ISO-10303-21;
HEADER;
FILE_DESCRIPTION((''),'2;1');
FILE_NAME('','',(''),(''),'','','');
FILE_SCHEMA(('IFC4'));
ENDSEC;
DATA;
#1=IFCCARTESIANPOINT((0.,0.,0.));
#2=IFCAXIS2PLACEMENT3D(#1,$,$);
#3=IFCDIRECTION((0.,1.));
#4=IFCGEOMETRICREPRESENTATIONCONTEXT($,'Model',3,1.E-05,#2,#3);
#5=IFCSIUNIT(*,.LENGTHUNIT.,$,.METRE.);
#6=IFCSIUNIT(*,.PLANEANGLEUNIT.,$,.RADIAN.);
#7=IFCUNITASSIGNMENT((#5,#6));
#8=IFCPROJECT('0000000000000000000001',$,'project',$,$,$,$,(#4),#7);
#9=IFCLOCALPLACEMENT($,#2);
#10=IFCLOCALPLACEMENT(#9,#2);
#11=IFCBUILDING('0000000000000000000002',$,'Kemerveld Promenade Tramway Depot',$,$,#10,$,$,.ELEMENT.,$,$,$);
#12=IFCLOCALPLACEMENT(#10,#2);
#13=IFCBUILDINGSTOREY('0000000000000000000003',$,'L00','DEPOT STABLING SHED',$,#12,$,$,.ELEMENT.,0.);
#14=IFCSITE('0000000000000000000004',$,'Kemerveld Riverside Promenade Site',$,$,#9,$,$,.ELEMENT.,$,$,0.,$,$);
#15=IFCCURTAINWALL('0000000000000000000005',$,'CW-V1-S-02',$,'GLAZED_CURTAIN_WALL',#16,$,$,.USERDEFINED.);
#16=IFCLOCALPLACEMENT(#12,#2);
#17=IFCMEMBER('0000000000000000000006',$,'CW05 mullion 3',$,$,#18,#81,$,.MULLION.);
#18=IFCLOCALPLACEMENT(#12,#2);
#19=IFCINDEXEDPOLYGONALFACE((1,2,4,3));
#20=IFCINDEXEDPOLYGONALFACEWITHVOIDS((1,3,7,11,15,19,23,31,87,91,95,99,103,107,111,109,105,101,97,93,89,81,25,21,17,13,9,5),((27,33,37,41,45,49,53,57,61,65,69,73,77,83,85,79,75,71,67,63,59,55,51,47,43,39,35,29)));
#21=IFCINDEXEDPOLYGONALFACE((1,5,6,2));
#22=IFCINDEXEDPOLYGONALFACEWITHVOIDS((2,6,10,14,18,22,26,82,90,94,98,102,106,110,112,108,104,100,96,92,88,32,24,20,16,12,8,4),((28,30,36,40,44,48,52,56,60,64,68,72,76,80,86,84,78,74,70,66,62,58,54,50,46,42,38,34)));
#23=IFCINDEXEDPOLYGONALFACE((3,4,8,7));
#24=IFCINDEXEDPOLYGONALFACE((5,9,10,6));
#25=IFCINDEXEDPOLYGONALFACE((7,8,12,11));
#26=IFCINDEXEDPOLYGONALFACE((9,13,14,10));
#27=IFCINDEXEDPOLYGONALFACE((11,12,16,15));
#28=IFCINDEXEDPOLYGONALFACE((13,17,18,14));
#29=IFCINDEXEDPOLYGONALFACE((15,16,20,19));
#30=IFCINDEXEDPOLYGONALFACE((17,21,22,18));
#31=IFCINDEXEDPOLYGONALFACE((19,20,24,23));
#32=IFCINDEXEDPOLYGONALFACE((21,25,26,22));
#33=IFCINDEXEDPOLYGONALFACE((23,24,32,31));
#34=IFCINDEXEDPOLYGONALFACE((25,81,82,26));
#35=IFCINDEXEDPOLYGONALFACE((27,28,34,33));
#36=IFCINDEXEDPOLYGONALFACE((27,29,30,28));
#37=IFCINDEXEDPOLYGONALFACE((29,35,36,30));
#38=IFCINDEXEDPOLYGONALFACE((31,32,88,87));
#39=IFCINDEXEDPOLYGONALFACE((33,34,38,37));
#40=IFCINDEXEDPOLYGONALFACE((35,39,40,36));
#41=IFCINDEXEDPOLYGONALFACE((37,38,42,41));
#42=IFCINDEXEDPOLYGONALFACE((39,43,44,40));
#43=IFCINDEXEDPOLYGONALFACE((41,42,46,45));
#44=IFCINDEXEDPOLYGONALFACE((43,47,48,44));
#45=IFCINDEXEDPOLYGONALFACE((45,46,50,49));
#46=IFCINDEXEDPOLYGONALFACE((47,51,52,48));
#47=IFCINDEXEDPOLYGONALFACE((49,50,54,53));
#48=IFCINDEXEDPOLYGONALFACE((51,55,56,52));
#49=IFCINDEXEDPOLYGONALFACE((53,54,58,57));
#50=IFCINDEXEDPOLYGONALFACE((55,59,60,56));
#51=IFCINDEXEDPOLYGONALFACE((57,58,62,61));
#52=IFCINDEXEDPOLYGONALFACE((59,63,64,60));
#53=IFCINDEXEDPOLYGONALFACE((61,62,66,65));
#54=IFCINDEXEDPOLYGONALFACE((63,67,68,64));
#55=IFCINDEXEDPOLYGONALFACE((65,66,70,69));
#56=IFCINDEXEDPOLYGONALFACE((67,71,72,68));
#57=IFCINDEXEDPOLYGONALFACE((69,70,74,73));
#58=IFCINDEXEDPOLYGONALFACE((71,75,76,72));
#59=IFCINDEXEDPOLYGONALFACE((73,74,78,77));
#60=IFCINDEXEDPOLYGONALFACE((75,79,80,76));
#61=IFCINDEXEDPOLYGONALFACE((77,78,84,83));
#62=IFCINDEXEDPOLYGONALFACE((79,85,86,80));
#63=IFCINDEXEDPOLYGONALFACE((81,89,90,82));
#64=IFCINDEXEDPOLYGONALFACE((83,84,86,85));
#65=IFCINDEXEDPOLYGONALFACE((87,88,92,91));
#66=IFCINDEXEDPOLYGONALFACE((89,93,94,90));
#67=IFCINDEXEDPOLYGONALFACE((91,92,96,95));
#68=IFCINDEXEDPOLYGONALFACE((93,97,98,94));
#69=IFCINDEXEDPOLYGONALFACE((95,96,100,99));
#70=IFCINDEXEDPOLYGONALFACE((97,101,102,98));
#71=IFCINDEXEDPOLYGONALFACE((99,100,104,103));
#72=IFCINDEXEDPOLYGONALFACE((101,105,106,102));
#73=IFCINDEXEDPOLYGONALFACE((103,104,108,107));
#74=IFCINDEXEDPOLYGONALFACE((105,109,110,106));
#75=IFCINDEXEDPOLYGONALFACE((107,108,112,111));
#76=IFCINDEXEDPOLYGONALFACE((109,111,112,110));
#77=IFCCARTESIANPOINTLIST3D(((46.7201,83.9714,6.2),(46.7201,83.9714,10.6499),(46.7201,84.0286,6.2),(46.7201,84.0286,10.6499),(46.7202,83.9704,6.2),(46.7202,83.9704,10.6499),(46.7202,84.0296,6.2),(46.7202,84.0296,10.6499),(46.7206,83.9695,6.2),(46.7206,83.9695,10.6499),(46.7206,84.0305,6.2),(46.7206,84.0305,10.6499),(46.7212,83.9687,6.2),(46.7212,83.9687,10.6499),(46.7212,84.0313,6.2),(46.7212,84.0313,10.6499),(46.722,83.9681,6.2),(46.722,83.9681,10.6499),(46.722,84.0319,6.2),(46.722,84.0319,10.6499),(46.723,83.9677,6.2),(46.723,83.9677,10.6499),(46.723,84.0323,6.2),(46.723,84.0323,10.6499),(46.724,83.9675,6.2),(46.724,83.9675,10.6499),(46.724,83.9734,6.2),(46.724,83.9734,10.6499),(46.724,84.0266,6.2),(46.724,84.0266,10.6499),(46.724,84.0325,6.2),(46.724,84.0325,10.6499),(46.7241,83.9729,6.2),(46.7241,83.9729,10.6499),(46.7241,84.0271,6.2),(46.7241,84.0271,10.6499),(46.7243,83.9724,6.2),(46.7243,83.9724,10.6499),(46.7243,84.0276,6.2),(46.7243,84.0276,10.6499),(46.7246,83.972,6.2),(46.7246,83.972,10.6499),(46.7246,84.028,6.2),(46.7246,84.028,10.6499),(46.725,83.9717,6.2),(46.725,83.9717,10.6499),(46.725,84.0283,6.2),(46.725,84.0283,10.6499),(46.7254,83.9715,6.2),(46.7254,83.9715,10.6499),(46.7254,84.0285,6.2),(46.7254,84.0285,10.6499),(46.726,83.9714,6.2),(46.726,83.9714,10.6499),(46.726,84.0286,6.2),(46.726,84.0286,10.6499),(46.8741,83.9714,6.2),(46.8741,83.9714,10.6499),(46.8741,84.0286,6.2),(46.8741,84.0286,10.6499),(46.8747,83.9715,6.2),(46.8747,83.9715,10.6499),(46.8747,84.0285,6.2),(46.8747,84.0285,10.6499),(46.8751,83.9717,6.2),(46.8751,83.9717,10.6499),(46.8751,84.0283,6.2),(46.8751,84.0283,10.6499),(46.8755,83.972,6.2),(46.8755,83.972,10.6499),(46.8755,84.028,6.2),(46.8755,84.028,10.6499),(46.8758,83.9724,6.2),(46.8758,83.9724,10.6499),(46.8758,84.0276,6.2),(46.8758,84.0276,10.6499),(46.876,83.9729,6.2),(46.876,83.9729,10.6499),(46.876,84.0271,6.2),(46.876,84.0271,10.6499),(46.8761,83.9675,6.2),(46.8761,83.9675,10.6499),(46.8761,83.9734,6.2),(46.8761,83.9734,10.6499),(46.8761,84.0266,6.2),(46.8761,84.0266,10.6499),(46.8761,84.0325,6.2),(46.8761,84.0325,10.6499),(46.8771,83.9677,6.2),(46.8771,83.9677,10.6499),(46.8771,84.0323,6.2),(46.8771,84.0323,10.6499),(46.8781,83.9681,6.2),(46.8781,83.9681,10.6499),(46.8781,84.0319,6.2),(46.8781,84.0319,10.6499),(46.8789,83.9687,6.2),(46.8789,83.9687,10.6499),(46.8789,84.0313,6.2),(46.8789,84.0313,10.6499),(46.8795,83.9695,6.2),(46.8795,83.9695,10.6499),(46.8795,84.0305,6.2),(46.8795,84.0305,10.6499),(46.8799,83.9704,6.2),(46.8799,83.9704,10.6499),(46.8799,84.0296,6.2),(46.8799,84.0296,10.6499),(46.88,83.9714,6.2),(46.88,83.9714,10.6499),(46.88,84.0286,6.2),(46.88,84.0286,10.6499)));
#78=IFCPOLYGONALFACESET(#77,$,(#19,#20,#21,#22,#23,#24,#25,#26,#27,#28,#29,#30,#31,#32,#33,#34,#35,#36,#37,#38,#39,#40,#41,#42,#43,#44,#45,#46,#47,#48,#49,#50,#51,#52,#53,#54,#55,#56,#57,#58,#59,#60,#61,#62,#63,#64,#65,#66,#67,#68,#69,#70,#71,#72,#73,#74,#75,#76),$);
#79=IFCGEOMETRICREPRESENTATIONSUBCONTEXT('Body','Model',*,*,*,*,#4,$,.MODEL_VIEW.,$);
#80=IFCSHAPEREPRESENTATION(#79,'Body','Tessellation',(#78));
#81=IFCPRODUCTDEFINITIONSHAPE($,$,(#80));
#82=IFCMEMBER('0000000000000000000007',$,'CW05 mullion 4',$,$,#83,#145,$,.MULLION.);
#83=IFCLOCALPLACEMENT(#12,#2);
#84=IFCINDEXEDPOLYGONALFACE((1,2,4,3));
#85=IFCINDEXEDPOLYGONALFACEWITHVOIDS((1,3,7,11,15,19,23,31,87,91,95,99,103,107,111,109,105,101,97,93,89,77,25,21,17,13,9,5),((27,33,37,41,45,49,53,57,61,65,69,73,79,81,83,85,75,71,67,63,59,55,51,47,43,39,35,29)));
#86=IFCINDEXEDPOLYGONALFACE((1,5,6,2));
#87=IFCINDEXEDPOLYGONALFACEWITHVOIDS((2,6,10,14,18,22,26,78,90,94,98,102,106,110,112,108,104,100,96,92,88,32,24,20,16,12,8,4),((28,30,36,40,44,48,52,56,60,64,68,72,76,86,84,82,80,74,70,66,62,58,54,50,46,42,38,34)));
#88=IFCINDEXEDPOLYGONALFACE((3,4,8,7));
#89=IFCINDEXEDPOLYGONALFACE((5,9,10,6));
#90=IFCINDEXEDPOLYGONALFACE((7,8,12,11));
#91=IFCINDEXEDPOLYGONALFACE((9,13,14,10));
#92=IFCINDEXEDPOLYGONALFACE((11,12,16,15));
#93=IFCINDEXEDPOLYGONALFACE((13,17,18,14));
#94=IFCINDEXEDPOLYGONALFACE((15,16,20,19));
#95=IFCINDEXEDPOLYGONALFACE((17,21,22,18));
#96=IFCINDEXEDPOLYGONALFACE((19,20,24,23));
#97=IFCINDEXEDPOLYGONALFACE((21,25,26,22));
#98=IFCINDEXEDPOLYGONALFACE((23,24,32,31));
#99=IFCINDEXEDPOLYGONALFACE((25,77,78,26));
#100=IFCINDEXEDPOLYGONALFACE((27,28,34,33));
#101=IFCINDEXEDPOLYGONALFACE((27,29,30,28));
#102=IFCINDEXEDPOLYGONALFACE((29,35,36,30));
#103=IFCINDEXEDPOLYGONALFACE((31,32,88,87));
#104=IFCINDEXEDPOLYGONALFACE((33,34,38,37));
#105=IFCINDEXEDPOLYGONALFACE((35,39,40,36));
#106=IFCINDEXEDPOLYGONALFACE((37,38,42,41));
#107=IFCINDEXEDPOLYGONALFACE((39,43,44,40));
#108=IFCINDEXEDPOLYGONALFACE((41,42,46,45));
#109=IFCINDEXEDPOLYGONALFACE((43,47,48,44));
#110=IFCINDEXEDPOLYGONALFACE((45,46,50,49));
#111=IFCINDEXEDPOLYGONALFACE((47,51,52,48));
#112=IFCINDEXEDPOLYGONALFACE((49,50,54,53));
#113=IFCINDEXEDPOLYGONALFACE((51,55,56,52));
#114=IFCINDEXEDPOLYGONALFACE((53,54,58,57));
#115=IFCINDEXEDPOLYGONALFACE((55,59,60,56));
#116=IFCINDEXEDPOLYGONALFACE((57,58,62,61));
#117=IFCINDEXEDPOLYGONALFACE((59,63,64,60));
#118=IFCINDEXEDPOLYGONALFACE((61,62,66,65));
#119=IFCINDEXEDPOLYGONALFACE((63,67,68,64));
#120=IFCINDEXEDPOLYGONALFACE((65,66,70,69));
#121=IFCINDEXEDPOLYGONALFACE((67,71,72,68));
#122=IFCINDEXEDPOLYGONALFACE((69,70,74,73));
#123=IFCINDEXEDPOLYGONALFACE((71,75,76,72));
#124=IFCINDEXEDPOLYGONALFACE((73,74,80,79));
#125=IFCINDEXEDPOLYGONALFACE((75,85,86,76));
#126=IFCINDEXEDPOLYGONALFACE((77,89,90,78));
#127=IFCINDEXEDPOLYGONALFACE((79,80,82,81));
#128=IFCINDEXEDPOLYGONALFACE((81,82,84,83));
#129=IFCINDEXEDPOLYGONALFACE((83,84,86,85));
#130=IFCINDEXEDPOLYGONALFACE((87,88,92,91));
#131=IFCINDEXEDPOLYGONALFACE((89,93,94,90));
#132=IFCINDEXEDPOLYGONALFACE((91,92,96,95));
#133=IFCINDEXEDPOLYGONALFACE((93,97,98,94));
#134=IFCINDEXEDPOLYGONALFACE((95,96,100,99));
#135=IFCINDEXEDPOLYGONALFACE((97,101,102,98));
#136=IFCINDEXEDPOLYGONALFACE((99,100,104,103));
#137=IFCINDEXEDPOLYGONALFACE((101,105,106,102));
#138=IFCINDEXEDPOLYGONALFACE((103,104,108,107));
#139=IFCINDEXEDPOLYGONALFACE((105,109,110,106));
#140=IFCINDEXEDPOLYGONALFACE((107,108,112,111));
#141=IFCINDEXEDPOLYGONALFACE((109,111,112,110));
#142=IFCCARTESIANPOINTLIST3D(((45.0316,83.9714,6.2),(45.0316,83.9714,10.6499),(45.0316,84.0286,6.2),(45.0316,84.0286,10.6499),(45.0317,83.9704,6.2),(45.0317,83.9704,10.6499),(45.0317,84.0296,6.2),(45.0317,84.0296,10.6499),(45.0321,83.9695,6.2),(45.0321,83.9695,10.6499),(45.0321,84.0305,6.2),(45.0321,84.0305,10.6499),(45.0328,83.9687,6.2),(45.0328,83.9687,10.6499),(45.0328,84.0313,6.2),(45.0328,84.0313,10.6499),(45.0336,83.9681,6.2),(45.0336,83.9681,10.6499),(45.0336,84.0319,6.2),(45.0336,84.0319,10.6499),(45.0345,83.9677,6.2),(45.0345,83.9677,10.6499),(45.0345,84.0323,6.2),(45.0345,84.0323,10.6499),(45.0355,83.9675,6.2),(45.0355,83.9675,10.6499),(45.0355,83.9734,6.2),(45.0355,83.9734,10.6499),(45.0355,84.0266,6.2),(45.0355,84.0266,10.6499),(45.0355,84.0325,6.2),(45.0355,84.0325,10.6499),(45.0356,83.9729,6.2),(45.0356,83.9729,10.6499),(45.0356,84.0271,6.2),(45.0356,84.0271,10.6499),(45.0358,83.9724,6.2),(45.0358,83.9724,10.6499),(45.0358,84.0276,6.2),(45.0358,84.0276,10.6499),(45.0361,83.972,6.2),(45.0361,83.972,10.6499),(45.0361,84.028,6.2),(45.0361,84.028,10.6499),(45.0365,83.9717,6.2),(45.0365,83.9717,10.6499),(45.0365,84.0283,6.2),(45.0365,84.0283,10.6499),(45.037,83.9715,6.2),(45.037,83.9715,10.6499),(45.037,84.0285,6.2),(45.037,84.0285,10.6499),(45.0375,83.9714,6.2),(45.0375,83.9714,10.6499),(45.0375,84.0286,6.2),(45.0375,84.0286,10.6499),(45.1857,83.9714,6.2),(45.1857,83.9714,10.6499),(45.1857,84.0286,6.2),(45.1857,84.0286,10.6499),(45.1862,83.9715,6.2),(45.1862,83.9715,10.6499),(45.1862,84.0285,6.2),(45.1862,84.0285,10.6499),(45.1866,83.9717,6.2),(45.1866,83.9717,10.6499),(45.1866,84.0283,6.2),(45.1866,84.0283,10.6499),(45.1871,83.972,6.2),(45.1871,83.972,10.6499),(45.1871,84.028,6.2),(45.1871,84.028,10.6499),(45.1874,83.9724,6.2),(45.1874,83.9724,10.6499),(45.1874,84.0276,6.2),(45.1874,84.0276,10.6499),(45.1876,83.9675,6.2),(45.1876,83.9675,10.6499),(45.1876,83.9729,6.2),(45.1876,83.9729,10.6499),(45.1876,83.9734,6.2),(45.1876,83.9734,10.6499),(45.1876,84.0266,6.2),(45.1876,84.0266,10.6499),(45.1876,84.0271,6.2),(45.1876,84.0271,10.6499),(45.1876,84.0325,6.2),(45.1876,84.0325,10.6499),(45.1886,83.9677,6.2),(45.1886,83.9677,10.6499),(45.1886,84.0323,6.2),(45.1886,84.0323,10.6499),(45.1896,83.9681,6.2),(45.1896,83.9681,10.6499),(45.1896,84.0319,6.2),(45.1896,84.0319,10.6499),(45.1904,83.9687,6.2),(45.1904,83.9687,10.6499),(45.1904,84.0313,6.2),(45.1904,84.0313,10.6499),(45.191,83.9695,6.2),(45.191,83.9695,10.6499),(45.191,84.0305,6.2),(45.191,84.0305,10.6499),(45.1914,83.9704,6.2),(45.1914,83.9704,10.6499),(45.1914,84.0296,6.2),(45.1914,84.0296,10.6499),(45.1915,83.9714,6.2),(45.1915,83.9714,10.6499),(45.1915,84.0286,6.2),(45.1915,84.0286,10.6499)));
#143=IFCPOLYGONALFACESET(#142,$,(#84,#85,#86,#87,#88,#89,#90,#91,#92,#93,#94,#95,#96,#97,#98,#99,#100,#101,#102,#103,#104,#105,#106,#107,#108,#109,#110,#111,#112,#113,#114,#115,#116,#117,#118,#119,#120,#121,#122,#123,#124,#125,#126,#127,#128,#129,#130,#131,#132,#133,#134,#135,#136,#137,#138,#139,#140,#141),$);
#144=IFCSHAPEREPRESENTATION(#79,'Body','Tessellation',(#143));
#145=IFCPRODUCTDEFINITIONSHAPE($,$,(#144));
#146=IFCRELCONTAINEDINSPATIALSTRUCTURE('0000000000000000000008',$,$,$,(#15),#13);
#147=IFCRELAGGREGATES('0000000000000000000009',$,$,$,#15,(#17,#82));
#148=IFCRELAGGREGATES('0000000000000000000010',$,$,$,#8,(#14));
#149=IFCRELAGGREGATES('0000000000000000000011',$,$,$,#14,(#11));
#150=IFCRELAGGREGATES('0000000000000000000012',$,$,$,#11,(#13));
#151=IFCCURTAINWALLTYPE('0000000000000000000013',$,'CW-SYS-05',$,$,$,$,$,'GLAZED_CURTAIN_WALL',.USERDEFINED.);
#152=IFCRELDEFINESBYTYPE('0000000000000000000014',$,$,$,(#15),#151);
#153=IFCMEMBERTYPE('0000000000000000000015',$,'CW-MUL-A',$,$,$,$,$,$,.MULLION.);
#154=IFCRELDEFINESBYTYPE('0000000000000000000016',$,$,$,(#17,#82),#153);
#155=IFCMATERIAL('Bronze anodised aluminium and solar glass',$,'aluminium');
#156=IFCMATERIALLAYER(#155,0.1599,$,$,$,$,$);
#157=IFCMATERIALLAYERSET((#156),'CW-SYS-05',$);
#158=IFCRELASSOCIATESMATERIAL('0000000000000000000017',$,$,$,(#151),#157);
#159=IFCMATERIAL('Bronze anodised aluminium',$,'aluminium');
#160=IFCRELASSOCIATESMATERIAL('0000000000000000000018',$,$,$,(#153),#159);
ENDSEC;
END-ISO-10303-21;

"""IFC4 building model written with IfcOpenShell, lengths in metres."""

from ifc_helpers import new_model, si_unit, direction, frame, origin, origin_2d, place, context, subcontext, project, spatial, hollow_rectangle, extrude, material, layer, layer_set, material_profile, profile_set, type_object, element, aggregate, save


model = new_model("IFC4")

# Units and contexts
model_context = context("Model", 3, precision=1e-05, world=origin(), true_north=direction((0.0, 1.0)))
body_context = subcontext(model_context, "Body", "Model", "MODEL_VIEW")
ifc_project = project(units=[si_unit("LENGTHUNIT", "METRE"), si_unit("PLANEANGLEUNIT", "RADIAN")], contexts=[model_context])

# Site, building, storey
site_placement = place(None, origin())
site = spatial("IfcSite", under=ifc_project, at=site_placement, Name="Kemerveld Riverside Promenade Site", CompositionType="ELEMENT", RefElevation=0.0)
building_placement = place(site_placement, origin())
building = spatial("IfcBuilding", under=site, at=building_placement, Name="Kemerveld Promenade Tramway Depot", CompositionType="ELEMENT")
storey_placement = place(building_placement, origin())
storey = spatial("IfcBuildingStorey", under=building, at=storey_placement, Name="L00", Description="DEPOT STABLING SHED", CompositionType="ELEMENT", Elevation=0.0)

# Curtain wall, members
ifc_material_1 = material(Name="Bronze anodised aluminium and solar glass", Category="aluminium")
ifc_layer_1 = layer(ifc_material_1, 0.1599)
ifc_layer_set_1 = layer_set([ifc_layer_1], Name="CW-SYS-05")
curtain_wall_type_1 = type_object("IfcCurtainWallType", Name="CW-SYS-05", ElementType="GLAZED_CURTAIN_WALL", PredefinedType="USERDEFINED", material=ifc_layer_set_1)
curtain_wall_1_placement = place(storey_placement, origin())
curtain_wall_1 = element("IfcCurtainWall", 1, at=curtain_wall_1_placement, inside=storey, type_object=curtain_wall_type_1, Name="CW-V1-S-02", ObjectType="GLAZED_CURTAIN_WALL", PredefinedType="USERDEFINED")
ifc_material_2 = material(Name="Bronze anodised aluminium", Category="aluminium")
ifc_material_profile_1 = material_profile(ifc_material_2, hollow_rectangle(XDim=0.0649, YDim=0.1599, WallThickness=0.0039, InnerFilletRadius=0.002, OuterFilletRadius=0.0039, at=origin_2d()), Name="CW-MUL-160x65")
ifc_profile_set_1 = profile_set([ifc_material_profile_1], Name="Bronze anodised aluminium")
member_type_1 = type_object("IfcMemberType", Name="CW-MUL-A", PredefinedType="MULLION", material=ifc_profile_set_1)
member_1_placement = place(storey_placement, frame((46.8, 84.0, 6.2), z_axis=(0.0, 0.0, 1.0), x_axis=(0.0, -1.0, 0.0)))
member_1 = element("IfcMember", 2, at=member_1_placement, type_object=member_type_1, Name="CW05 mullion 3", PredefinedType="MULLION", context=body_context, shape_type="SweptSolid", body=[
    extrude(hollow_rectangle(XDim=0.0649, YDim=0.1599, WallThickness=0.0039, InnerFilletRadius=0.002, OuterFilletRadius=0.0039, at=origin_2d()), origin(), (0.0, 0.0, 1.0), 4.45),
])
member_2_placement = place(storey_placement, frame((45.1116, 84.0, 6.2), z_axis=(0.0, 0.0, 1.0), x_axis=(0.0, -1.0, 0.0)))
member_2 = element("IfcMember", 3, at=member_2_placement, type_object=member_type_1, Name="CW05 mullion 4", PredefinedType="MULLION", context=body_context, shape_type="SweptSolid", body=[
    extrude(hollow_rectangle(XDim=0.0649, YDim=0.1599, WallThickness=0.0039, InnerFilletRadius=0.002, OuterFilletRadius=0.0039, at=origin_2d()), origin(), (0.0, 0.0, 1.0), 4.45),
])

aggregate(curtain_wall_1, [member_1, member_2])

save(model, "model.ifc")
